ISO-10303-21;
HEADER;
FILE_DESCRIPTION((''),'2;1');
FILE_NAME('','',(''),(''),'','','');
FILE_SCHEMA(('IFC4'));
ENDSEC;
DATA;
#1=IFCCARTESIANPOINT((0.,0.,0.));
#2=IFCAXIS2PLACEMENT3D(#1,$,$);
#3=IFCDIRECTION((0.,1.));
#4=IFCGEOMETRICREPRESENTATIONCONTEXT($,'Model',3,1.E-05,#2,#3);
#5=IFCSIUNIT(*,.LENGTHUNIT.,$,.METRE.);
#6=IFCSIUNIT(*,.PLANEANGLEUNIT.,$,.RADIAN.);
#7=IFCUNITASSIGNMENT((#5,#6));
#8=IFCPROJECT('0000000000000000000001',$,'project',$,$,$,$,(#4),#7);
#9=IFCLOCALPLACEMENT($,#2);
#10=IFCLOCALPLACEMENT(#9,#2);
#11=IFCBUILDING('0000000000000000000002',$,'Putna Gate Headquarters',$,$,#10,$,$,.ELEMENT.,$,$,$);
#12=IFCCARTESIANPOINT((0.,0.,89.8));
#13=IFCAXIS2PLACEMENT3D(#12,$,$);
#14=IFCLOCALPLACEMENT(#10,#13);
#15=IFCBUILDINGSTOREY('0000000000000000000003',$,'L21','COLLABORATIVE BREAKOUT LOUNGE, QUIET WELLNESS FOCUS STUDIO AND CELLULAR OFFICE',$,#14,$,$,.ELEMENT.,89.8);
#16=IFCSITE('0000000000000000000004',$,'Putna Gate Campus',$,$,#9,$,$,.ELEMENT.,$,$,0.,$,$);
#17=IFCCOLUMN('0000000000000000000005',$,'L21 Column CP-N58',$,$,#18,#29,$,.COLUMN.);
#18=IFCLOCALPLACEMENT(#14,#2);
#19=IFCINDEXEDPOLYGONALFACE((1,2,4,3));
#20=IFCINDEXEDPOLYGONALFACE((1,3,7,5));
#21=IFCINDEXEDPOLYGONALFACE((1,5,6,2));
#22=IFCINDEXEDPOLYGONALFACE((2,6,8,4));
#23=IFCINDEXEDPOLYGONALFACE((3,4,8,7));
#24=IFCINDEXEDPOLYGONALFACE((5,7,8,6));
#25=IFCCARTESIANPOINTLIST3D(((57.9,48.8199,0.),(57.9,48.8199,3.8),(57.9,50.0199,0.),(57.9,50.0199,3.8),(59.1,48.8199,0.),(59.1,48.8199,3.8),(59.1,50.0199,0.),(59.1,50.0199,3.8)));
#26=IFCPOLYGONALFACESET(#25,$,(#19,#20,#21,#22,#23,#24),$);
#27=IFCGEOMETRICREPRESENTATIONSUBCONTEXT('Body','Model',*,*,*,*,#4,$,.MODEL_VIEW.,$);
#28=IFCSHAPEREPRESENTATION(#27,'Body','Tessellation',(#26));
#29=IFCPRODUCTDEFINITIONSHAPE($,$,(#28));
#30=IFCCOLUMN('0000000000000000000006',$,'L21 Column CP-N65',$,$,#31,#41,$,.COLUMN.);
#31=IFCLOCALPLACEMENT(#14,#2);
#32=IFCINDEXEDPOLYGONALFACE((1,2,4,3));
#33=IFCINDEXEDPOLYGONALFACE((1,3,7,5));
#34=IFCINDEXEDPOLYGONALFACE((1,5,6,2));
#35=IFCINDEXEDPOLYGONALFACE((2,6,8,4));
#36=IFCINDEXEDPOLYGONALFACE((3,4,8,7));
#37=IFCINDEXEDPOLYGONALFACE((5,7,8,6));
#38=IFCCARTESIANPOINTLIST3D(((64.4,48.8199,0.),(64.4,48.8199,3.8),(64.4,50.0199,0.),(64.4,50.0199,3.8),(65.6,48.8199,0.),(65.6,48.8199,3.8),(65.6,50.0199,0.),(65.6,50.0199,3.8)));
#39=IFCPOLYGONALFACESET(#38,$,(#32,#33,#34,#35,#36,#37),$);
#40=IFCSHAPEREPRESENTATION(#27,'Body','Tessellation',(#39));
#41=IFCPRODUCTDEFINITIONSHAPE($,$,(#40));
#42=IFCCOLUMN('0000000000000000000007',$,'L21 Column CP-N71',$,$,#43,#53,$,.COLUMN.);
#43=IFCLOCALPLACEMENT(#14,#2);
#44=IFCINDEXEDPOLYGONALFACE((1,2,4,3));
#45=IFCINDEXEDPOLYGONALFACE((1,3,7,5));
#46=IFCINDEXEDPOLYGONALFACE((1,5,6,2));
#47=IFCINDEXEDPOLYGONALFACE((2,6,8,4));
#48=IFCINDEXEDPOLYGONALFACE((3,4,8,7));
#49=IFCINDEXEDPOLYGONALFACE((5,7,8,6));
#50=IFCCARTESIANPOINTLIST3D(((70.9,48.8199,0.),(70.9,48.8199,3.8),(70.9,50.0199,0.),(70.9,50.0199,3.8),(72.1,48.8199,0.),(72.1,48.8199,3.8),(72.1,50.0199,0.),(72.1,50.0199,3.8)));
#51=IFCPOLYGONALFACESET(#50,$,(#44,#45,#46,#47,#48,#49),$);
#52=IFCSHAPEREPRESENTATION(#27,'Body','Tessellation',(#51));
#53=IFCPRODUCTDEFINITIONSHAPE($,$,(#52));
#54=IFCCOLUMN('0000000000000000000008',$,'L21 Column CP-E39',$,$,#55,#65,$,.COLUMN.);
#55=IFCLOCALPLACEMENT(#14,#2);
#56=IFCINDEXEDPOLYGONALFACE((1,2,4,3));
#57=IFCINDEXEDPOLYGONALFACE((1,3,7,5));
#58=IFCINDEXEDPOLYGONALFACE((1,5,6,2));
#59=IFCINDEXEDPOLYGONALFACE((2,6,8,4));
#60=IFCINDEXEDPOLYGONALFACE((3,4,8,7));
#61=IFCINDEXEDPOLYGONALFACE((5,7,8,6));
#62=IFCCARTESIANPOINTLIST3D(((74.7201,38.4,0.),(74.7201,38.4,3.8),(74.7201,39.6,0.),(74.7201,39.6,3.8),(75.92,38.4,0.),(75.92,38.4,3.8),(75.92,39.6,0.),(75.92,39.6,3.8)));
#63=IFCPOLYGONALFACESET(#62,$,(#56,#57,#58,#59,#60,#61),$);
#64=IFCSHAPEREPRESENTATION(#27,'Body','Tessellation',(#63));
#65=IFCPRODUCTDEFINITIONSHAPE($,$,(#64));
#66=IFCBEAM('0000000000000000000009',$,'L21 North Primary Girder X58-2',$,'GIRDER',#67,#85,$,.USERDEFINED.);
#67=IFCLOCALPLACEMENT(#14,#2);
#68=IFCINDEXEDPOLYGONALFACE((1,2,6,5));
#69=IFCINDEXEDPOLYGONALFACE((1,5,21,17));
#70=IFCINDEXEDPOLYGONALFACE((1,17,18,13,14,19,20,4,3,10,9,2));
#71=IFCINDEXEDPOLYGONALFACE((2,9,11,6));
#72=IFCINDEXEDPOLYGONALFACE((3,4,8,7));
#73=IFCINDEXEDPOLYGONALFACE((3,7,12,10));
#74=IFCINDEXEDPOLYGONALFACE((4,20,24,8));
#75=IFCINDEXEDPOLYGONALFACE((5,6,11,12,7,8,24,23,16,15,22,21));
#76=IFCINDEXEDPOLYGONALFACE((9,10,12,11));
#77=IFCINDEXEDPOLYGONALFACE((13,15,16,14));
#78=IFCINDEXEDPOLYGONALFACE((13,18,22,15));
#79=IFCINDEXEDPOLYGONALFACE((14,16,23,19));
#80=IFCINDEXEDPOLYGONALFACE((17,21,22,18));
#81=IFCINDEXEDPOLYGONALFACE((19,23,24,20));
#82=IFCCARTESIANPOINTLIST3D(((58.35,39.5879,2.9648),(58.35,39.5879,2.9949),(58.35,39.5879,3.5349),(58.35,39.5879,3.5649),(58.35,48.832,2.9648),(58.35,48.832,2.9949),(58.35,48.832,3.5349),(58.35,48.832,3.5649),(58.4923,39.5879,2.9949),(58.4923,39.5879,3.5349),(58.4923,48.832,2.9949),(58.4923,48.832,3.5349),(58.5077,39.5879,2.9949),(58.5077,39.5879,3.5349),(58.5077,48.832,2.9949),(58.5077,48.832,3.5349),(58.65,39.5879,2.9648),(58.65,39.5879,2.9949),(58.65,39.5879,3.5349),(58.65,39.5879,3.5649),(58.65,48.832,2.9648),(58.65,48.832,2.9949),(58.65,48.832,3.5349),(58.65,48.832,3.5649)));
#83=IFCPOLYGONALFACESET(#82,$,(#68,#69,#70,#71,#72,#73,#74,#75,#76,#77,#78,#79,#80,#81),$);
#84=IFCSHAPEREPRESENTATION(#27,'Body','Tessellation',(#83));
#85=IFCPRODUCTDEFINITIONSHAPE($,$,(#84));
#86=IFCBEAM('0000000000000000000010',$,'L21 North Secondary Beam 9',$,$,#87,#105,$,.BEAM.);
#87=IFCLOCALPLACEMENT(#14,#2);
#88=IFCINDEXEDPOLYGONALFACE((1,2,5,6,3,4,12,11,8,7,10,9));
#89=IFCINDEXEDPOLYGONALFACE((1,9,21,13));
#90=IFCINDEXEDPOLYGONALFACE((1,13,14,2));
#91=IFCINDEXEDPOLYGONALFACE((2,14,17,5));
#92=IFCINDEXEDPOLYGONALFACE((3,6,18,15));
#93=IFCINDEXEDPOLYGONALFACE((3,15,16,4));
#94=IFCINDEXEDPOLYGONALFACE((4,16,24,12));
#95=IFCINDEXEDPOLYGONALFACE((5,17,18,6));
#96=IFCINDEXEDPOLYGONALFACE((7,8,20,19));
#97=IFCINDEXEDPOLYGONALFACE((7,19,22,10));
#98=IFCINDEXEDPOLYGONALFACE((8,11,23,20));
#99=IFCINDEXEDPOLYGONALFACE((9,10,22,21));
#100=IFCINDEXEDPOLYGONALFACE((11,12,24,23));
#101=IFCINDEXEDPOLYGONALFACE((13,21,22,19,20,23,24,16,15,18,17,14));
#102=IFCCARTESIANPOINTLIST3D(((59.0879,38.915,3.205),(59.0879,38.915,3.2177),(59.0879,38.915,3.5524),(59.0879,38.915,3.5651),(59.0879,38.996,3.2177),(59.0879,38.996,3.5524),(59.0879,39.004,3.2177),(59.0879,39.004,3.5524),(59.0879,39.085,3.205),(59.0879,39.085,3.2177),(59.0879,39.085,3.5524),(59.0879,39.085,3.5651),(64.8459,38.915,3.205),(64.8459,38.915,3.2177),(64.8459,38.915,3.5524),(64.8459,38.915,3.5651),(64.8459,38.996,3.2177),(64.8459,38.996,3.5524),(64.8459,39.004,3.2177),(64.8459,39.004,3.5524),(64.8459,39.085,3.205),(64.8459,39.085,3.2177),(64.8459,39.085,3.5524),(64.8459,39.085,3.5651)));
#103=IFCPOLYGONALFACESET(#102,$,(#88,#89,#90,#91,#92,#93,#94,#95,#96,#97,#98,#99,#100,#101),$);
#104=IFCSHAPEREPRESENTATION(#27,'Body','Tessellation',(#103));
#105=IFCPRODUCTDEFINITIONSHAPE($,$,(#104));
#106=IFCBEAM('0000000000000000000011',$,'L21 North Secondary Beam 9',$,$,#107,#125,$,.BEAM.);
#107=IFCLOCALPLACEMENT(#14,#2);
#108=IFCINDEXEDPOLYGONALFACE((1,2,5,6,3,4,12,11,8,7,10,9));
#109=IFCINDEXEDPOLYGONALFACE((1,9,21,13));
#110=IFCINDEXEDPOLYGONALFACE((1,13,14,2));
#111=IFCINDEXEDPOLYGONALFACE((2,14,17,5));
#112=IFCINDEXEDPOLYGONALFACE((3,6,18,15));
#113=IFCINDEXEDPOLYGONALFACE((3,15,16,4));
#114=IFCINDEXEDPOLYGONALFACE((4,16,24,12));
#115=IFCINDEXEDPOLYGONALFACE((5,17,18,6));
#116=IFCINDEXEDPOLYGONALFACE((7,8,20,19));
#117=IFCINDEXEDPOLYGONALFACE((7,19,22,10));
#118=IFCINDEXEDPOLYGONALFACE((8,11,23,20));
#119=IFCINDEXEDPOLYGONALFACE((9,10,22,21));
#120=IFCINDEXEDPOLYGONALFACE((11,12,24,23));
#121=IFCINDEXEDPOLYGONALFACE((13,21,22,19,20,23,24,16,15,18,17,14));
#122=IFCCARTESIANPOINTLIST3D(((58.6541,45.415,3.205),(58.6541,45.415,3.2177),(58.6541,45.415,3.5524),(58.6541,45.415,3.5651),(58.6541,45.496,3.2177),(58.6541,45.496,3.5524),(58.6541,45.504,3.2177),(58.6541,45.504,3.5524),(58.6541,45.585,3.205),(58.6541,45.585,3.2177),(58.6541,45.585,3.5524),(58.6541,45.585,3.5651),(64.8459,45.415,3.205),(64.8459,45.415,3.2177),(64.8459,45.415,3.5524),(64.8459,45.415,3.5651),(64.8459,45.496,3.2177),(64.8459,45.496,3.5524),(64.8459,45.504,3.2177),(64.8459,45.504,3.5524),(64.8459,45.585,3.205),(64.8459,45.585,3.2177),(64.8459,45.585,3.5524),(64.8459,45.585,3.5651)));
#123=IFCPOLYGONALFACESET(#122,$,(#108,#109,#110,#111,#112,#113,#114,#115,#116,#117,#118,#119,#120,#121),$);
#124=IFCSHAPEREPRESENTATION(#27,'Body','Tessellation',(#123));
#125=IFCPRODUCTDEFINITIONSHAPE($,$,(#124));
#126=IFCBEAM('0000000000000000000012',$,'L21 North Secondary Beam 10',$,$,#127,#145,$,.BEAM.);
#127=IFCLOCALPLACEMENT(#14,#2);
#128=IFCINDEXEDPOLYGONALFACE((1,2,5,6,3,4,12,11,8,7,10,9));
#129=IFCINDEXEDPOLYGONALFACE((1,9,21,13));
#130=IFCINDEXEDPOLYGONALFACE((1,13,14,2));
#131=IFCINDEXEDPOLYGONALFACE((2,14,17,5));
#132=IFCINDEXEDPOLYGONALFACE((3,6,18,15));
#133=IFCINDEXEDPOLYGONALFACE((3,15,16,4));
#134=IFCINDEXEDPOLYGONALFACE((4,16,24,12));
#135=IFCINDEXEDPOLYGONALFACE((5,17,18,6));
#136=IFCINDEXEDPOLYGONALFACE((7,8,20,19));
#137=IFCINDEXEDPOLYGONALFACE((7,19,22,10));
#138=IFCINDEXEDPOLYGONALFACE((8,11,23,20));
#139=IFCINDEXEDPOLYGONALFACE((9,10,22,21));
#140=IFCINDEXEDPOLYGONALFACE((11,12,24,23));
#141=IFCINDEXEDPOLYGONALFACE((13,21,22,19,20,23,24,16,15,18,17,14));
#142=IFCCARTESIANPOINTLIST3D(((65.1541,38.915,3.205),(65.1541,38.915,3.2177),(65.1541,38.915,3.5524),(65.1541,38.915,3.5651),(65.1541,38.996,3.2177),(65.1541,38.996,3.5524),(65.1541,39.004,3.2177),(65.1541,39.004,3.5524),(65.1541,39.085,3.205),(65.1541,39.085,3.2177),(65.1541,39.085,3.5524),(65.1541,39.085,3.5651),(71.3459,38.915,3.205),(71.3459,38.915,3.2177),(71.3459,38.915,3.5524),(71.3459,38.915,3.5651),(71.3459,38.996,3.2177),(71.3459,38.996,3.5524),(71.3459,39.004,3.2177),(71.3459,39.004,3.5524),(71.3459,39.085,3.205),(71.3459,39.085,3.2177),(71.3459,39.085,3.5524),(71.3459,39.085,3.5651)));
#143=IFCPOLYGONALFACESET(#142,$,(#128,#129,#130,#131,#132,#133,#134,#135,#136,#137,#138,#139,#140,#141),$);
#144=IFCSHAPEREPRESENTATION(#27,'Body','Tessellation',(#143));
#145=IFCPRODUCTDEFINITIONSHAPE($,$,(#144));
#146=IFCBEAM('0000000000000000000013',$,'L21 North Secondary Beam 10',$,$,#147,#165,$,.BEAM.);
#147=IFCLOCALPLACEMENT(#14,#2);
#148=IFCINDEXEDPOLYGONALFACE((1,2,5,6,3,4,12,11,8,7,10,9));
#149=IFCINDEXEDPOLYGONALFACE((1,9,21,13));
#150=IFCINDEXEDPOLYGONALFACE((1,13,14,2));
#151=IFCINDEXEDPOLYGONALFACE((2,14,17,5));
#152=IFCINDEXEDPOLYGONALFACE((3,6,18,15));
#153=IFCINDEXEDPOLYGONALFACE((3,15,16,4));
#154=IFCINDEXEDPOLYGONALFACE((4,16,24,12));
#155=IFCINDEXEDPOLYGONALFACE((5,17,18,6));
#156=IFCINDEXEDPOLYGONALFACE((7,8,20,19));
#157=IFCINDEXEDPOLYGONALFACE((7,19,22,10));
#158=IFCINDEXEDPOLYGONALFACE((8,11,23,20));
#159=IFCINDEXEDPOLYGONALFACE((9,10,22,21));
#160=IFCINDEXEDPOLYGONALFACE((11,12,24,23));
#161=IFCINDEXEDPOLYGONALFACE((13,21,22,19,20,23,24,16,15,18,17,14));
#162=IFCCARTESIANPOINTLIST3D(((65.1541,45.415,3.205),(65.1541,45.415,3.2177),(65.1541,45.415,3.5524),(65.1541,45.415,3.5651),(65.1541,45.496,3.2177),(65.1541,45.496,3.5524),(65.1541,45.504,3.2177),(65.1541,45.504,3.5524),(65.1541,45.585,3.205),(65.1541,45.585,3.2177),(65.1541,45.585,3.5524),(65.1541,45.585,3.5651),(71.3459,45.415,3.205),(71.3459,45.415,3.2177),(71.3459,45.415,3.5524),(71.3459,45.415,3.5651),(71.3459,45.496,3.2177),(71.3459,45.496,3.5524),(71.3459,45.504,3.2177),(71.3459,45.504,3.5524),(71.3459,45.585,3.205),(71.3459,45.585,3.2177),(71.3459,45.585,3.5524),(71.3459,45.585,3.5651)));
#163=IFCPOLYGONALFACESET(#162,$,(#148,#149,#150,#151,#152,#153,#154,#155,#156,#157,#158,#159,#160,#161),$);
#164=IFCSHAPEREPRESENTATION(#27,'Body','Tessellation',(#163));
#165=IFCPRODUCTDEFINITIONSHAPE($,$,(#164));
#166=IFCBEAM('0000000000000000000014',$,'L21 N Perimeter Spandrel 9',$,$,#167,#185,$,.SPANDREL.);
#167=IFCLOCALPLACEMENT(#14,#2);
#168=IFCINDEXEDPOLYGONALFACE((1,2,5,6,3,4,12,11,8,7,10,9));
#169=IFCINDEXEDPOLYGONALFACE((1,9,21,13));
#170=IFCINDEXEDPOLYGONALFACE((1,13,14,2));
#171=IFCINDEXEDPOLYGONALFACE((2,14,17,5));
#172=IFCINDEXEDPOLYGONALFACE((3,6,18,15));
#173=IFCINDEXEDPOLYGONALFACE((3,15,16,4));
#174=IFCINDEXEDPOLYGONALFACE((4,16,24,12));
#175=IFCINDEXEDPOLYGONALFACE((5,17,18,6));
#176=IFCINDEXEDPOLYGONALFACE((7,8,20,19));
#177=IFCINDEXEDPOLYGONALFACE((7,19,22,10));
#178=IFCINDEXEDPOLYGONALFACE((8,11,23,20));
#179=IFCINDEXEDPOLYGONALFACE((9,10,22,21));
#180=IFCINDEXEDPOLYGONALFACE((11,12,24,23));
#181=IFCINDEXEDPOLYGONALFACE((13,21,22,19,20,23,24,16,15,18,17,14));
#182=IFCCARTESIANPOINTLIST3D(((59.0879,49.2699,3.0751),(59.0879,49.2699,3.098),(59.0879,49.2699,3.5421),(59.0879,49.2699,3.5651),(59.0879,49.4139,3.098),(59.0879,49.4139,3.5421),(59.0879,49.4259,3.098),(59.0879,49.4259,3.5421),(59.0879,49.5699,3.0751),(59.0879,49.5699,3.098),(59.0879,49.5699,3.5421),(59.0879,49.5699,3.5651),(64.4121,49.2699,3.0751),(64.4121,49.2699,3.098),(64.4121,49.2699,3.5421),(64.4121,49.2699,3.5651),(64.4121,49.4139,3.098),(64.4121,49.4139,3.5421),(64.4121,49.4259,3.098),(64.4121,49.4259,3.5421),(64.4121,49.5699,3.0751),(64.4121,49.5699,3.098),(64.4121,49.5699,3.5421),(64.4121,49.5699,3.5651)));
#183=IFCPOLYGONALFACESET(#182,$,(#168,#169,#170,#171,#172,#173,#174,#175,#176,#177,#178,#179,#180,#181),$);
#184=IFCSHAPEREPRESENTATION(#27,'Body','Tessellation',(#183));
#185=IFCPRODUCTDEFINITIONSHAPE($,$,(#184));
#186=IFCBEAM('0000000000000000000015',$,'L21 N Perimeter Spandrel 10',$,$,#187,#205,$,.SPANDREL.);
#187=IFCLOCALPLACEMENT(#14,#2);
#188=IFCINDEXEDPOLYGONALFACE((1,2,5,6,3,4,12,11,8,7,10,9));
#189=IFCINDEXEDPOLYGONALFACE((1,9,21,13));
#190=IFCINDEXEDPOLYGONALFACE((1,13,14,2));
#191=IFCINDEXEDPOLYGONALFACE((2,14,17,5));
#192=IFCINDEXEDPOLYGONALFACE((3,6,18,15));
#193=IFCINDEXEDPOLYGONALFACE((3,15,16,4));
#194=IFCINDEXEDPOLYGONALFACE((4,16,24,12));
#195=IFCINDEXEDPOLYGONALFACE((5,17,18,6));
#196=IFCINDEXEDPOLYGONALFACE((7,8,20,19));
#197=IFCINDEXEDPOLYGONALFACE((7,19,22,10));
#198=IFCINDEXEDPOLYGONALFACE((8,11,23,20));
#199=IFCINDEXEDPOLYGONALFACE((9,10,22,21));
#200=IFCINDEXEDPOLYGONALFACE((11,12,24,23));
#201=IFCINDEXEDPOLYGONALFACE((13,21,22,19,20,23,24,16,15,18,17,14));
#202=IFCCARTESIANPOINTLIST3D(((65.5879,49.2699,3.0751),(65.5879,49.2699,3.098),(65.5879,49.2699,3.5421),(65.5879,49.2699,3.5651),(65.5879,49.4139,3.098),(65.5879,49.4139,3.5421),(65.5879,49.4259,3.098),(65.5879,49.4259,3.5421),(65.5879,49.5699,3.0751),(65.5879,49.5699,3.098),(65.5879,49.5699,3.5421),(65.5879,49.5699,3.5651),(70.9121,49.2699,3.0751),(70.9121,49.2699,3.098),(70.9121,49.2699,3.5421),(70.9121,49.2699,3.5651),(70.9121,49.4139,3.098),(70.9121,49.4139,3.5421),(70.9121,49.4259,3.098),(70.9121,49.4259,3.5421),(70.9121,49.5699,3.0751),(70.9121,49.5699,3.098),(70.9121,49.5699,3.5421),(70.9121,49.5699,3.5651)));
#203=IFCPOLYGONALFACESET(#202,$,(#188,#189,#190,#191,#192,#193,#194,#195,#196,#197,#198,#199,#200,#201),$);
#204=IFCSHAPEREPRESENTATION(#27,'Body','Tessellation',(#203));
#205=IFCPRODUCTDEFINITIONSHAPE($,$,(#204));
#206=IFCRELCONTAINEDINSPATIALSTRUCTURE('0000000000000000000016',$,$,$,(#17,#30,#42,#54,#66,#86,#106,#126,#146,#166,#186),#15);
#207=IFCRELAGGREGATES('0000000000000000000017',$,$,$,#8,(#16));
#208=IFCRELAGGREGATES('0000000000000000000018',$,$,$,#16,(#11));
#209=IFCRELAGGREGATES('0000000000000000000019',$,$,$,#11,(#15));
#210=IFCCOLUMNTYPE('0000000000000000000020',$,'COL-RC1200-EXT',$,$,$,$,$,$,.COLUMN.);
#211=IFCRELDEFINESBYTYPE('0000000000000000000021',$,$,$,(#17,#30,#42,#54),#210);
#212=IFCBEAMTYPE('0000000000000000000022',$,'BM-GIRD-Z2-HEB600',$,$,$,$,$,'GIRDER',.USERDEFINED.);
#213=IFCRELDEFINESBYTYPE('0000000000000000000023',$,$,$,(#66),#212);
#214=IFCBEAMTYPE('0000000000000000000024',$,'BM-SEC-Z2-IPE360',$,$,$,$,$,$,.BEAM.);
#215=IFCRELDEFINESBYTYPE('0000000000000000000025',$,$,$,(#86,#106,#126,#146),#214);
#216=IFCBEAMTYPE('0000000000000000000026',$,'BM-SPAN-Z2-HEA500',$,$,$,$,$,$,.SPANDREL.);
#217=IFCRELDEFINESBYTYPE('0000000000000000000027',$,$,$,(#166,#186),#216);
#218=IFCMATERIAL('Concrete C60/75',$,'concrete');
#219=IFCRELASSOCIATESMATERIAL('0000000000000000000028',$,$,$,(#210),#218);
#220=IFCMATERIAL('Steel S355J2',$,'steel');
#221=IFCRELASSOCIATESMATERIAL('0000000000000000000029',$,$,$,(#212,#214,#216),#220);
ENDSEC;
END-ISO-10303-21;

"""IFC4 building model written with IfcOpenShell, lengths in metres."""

from ifc_helpers import new_model, si_unit, direction, frame, origin, origin_2d, place, context, subcontext, project, spatial, rectangle, i_section, extrude, material, material_profile, profile_set, type_object, element, save


model = new_model("IFC4")

# Units and contexts
model_context = context("Model", 3, precision=1e-05, world=origin(), true_north=direction((0.0, 1.0)))
body_context = subcontext(model_context, "Body", "Model", "MODEL_VIEW")
ifc_project = project(units=[si_unit("LENGTHUNIT", "METRE"), si_unit("PLANEANGLEUNIT", "RADIAN")], contexts=[model_context])

# Site, building, storey
site_placement = place(None, origin())
site = spatial("IfcSite", under=ifc_project, at=site_placement, Name="Putna Gate Campus", CompositionType="ELEMENT", RefElevation=0.0)
building_placement = place(site_placement, origin())
building = spatial("IfcBuilding", under=site, at=building_placement, Name="Putna Gate Headquarters", CompositionType="ELEMENT")
storey_placement = place(building_placement, frame((0.0, 0.0, 89.8)))
storey = spatial("IfcBuildingStorey", under=building, at=storey_placement, Name="L21", Description="COLLABORATIVE BREAKOUT LOUNGE, QUIET WELLNESS FOCUS STUDIO AND CELLULAR OFFICE", CompositionType="ELEMENT", Elevation=89.8)

# Columns
ifc_material_1 = material(Name="Concrete C60/75", Category="concrete")
ifc_material_profile_1 = material_profile(ifc_material_1, rectangle(XDim=1.2, YDim=1.2, at=origin_2d()), Name="Concrete C60/75")
ifc_profile_set_1 = profile_set([ifc_material_profile_1], Name="Concrete C60/75")
column_type = type_object("IfcColumnType", Name="COL-RC1200-EXT", PredefinedType="COLUMN", material=ifc_profile_set_1)
for number, where, z_axis, x_axis, name in (
    (1, (58.5, 49.4199, 0.0), (0.0, 0.0, 1.0), (1.0, 0.0, 0.0), "L21 Column CP-N58"),
    (2, (65.0, 49.4199, 0.0), (0.0, 0.0, 1.0), (1.0, 0.0, 0.0), "L21 Column CP-N65"),
    (3, (71.5, 49.4199, 0.0), (0.0, 0.0, 1.0), (1.0, 0.0, 0.0), "L21 Column CP-N71"),
    (4, (75.3201, 39.0, 0.0), (0.0, 0.0, 1.0), (1.0, 0.0, 0.0), "L21 Column CP-E39"),
):
    element("IfcColumn", number, at=place(storey_placement, frame(where, z_axis=z_axis, x_axis=x_axis)), inside=storey, type_object=column_type, Name=name, PredefinedType="COLUMN", context=body_context, shape_type="SweptSolid", body=[
        extrude(rectangle(XDim=1.2, YDim=1.2, at=origin_2d()), origin(), (0.0, 0.0, 1.0), 3.8),
    ])

# Beams
ifc_material_2 = material(Name="Steel S355J2", Category="steel")
ifc_material_profile_2 = material_profile(ifc_material_2, i_section(OverallWidth=0.3, OverallDepth=0.6001, WebThickness=0.0154, FlangeThickness=0.03, at=origin_2d()), Name="Steel S355J2")
ifc_profile_set_2 = profile_set([ifc_material_profile_2], Name="Steel S355J2")
beam_type_1 = type_object("IfcBeamType", Name="BM-GIRD-Z2-HEB600", ElementType="GIRDER", PredefinedType="USERDEFINED", material=ifc_profile_set_2)
beam_1_placement = place(storey_placement, frame((58.5, 39.5879, 3.2649), z_axis=(0.0, 1.0, 0.0), x_axis=(-1.0, 0.0, 0.0)))
element("IfcBeam", 5, at=beam_1_placement, inside=storey, type_object=beam_type_1, Name="L21 North Primary Girder X58-2", ObjectType="GIRDER", PredefinedType="USERDEFINED", context=body_context, shape_type="SweptSolid", body=[
    extrude(i_section(OverallWidth=0.3, OverallDepth=0.6001, WebThickness=0.0154, FlangeThickness=0.03, at=origin_2d()), origin(), (0.0, 0.0, 1.0), 9.2441),
])
ifc_material_profile_3 = material_profile(ifc_material_2, i_section(OverallWidth=0.1699, OverallDepth=0.3601, WebThickness=0.0081, FlangeThickness=0.0127, at=origin_2d()), Name="Steel S355J2")
ifc_profile_set_3 = profile_set([ifc_material_profile_3], Name="Steel S355J2")
beam_type_2 = type_object("IfcBeamType", Name="BM-SEC-Z2-IPE360", PredefinedType="BEAM", material=ifc_profile_set_3)
beam_2_placement = place(storey_placement, frame((59.0879, 39.0, 3.385), z_axis=(1.0, 0.0, 0.0), x_axis=(0.0, 1.0, 0.0)))
element("IfcBeam", 6, at=beam_2_placement, inside=storey, type_object=beam_type_2, Name="L21 North Secondary Beam 9", PredefinedType="BEAM", context=body_context, shape_type="SweptSolid", body=[
    extrude(i_section(OverallWidth=0.1699, OverallDepth=0.3601, WebThickness=0.0081, FlangeThickness=0.0127, at=origin_2d()), origin(), (0.0, 0.0, 1.0), 5.7581),
])
for number, where, z_axis, x_axis, name in (
    (7, (58.6541, 45.5, 3.385), (1.0, 0.0, 0.0), (0.0, 1.0, 0.0), "L21 North Secondary Beam 9"),
    (8, (65.1541, 39.0, 3.385), (1.0, 0.0, 0.0), (0.0, 1.0, 0.0), "L21 North Secondary Beam 10"),
    (9, (65.1541, 45.5, 3.385), (1.0, 0.0, 0.0), (0.0, 1.0, 0.0), "L21 North Secondary Beam 10"),
):
    element("IfcBeam", number, at=place(storey_placement, frame(where, z_axis=z_axis, x_axis=x_axis)), inside=storey, type_object=beam_type_2, Name=name, PredefinedType="BEAM", context=body_context, shape_type="SweptSolid", body=[
        extrude(i_section(OverallWidth=0.1699, OverallDepth=0.3601, WebThickness=0.0081, FlangeThickness=0.0127, at=origin_2d()), origin(), (0.0, 0.0, 1.0), 6.1919),
    ])
ifc_material_profile_4 = material_profile(ifc_material_2, i_section(OverallWidth=0.3, OverallDepth=0.49, WebThickness=0.012, FlangeThickness=0.0229, at=origin_2d()), Name="Steel S355J2")
ifc_profile_set_4 = profile_set([ifc_material_profile_4], Name="Steel S355J2")
beam_type_3 = type_object("IfcBeamType", Name="BM-SPAN-Z2-HEA500", PredefinedType="SPANDREL", material=ifc_profile_set_4)
for number, where, z_axis, x_axis, name in (
    (10, (59.0879, 49.4199, 3.3201), (1.0, 0.0, 0.0), (0.0, 1.0, 0.0), "L21 N Perimeter Spandrel 9"),
    (11, (65.5879, 49.4199, 3.3201), (1.0, 0.0, 0.0), (0.0, 1.0, 0.0), "L21 N Perimeter Spandrel 10"),
):
    element("IfcBeam", number, at=place(storey_placement, frame(where, z_axis=z_axis, x_axis=x_axis)), inside=storey, type_object=beam_type_3, Name=name, PredefinedType="SPANDREL", context=body_context, shape_type="SweptSolid", body=[
        extrude(i_section(OverallWidth=0.3, OverallDepth=0.49, WebThickness=0.012, FlangeThickness=0.0229, at=origin_2d()), origin(), (0.0, 0.0, 1.0), 5.3242),
    ])

save(model, "model.ifc")
